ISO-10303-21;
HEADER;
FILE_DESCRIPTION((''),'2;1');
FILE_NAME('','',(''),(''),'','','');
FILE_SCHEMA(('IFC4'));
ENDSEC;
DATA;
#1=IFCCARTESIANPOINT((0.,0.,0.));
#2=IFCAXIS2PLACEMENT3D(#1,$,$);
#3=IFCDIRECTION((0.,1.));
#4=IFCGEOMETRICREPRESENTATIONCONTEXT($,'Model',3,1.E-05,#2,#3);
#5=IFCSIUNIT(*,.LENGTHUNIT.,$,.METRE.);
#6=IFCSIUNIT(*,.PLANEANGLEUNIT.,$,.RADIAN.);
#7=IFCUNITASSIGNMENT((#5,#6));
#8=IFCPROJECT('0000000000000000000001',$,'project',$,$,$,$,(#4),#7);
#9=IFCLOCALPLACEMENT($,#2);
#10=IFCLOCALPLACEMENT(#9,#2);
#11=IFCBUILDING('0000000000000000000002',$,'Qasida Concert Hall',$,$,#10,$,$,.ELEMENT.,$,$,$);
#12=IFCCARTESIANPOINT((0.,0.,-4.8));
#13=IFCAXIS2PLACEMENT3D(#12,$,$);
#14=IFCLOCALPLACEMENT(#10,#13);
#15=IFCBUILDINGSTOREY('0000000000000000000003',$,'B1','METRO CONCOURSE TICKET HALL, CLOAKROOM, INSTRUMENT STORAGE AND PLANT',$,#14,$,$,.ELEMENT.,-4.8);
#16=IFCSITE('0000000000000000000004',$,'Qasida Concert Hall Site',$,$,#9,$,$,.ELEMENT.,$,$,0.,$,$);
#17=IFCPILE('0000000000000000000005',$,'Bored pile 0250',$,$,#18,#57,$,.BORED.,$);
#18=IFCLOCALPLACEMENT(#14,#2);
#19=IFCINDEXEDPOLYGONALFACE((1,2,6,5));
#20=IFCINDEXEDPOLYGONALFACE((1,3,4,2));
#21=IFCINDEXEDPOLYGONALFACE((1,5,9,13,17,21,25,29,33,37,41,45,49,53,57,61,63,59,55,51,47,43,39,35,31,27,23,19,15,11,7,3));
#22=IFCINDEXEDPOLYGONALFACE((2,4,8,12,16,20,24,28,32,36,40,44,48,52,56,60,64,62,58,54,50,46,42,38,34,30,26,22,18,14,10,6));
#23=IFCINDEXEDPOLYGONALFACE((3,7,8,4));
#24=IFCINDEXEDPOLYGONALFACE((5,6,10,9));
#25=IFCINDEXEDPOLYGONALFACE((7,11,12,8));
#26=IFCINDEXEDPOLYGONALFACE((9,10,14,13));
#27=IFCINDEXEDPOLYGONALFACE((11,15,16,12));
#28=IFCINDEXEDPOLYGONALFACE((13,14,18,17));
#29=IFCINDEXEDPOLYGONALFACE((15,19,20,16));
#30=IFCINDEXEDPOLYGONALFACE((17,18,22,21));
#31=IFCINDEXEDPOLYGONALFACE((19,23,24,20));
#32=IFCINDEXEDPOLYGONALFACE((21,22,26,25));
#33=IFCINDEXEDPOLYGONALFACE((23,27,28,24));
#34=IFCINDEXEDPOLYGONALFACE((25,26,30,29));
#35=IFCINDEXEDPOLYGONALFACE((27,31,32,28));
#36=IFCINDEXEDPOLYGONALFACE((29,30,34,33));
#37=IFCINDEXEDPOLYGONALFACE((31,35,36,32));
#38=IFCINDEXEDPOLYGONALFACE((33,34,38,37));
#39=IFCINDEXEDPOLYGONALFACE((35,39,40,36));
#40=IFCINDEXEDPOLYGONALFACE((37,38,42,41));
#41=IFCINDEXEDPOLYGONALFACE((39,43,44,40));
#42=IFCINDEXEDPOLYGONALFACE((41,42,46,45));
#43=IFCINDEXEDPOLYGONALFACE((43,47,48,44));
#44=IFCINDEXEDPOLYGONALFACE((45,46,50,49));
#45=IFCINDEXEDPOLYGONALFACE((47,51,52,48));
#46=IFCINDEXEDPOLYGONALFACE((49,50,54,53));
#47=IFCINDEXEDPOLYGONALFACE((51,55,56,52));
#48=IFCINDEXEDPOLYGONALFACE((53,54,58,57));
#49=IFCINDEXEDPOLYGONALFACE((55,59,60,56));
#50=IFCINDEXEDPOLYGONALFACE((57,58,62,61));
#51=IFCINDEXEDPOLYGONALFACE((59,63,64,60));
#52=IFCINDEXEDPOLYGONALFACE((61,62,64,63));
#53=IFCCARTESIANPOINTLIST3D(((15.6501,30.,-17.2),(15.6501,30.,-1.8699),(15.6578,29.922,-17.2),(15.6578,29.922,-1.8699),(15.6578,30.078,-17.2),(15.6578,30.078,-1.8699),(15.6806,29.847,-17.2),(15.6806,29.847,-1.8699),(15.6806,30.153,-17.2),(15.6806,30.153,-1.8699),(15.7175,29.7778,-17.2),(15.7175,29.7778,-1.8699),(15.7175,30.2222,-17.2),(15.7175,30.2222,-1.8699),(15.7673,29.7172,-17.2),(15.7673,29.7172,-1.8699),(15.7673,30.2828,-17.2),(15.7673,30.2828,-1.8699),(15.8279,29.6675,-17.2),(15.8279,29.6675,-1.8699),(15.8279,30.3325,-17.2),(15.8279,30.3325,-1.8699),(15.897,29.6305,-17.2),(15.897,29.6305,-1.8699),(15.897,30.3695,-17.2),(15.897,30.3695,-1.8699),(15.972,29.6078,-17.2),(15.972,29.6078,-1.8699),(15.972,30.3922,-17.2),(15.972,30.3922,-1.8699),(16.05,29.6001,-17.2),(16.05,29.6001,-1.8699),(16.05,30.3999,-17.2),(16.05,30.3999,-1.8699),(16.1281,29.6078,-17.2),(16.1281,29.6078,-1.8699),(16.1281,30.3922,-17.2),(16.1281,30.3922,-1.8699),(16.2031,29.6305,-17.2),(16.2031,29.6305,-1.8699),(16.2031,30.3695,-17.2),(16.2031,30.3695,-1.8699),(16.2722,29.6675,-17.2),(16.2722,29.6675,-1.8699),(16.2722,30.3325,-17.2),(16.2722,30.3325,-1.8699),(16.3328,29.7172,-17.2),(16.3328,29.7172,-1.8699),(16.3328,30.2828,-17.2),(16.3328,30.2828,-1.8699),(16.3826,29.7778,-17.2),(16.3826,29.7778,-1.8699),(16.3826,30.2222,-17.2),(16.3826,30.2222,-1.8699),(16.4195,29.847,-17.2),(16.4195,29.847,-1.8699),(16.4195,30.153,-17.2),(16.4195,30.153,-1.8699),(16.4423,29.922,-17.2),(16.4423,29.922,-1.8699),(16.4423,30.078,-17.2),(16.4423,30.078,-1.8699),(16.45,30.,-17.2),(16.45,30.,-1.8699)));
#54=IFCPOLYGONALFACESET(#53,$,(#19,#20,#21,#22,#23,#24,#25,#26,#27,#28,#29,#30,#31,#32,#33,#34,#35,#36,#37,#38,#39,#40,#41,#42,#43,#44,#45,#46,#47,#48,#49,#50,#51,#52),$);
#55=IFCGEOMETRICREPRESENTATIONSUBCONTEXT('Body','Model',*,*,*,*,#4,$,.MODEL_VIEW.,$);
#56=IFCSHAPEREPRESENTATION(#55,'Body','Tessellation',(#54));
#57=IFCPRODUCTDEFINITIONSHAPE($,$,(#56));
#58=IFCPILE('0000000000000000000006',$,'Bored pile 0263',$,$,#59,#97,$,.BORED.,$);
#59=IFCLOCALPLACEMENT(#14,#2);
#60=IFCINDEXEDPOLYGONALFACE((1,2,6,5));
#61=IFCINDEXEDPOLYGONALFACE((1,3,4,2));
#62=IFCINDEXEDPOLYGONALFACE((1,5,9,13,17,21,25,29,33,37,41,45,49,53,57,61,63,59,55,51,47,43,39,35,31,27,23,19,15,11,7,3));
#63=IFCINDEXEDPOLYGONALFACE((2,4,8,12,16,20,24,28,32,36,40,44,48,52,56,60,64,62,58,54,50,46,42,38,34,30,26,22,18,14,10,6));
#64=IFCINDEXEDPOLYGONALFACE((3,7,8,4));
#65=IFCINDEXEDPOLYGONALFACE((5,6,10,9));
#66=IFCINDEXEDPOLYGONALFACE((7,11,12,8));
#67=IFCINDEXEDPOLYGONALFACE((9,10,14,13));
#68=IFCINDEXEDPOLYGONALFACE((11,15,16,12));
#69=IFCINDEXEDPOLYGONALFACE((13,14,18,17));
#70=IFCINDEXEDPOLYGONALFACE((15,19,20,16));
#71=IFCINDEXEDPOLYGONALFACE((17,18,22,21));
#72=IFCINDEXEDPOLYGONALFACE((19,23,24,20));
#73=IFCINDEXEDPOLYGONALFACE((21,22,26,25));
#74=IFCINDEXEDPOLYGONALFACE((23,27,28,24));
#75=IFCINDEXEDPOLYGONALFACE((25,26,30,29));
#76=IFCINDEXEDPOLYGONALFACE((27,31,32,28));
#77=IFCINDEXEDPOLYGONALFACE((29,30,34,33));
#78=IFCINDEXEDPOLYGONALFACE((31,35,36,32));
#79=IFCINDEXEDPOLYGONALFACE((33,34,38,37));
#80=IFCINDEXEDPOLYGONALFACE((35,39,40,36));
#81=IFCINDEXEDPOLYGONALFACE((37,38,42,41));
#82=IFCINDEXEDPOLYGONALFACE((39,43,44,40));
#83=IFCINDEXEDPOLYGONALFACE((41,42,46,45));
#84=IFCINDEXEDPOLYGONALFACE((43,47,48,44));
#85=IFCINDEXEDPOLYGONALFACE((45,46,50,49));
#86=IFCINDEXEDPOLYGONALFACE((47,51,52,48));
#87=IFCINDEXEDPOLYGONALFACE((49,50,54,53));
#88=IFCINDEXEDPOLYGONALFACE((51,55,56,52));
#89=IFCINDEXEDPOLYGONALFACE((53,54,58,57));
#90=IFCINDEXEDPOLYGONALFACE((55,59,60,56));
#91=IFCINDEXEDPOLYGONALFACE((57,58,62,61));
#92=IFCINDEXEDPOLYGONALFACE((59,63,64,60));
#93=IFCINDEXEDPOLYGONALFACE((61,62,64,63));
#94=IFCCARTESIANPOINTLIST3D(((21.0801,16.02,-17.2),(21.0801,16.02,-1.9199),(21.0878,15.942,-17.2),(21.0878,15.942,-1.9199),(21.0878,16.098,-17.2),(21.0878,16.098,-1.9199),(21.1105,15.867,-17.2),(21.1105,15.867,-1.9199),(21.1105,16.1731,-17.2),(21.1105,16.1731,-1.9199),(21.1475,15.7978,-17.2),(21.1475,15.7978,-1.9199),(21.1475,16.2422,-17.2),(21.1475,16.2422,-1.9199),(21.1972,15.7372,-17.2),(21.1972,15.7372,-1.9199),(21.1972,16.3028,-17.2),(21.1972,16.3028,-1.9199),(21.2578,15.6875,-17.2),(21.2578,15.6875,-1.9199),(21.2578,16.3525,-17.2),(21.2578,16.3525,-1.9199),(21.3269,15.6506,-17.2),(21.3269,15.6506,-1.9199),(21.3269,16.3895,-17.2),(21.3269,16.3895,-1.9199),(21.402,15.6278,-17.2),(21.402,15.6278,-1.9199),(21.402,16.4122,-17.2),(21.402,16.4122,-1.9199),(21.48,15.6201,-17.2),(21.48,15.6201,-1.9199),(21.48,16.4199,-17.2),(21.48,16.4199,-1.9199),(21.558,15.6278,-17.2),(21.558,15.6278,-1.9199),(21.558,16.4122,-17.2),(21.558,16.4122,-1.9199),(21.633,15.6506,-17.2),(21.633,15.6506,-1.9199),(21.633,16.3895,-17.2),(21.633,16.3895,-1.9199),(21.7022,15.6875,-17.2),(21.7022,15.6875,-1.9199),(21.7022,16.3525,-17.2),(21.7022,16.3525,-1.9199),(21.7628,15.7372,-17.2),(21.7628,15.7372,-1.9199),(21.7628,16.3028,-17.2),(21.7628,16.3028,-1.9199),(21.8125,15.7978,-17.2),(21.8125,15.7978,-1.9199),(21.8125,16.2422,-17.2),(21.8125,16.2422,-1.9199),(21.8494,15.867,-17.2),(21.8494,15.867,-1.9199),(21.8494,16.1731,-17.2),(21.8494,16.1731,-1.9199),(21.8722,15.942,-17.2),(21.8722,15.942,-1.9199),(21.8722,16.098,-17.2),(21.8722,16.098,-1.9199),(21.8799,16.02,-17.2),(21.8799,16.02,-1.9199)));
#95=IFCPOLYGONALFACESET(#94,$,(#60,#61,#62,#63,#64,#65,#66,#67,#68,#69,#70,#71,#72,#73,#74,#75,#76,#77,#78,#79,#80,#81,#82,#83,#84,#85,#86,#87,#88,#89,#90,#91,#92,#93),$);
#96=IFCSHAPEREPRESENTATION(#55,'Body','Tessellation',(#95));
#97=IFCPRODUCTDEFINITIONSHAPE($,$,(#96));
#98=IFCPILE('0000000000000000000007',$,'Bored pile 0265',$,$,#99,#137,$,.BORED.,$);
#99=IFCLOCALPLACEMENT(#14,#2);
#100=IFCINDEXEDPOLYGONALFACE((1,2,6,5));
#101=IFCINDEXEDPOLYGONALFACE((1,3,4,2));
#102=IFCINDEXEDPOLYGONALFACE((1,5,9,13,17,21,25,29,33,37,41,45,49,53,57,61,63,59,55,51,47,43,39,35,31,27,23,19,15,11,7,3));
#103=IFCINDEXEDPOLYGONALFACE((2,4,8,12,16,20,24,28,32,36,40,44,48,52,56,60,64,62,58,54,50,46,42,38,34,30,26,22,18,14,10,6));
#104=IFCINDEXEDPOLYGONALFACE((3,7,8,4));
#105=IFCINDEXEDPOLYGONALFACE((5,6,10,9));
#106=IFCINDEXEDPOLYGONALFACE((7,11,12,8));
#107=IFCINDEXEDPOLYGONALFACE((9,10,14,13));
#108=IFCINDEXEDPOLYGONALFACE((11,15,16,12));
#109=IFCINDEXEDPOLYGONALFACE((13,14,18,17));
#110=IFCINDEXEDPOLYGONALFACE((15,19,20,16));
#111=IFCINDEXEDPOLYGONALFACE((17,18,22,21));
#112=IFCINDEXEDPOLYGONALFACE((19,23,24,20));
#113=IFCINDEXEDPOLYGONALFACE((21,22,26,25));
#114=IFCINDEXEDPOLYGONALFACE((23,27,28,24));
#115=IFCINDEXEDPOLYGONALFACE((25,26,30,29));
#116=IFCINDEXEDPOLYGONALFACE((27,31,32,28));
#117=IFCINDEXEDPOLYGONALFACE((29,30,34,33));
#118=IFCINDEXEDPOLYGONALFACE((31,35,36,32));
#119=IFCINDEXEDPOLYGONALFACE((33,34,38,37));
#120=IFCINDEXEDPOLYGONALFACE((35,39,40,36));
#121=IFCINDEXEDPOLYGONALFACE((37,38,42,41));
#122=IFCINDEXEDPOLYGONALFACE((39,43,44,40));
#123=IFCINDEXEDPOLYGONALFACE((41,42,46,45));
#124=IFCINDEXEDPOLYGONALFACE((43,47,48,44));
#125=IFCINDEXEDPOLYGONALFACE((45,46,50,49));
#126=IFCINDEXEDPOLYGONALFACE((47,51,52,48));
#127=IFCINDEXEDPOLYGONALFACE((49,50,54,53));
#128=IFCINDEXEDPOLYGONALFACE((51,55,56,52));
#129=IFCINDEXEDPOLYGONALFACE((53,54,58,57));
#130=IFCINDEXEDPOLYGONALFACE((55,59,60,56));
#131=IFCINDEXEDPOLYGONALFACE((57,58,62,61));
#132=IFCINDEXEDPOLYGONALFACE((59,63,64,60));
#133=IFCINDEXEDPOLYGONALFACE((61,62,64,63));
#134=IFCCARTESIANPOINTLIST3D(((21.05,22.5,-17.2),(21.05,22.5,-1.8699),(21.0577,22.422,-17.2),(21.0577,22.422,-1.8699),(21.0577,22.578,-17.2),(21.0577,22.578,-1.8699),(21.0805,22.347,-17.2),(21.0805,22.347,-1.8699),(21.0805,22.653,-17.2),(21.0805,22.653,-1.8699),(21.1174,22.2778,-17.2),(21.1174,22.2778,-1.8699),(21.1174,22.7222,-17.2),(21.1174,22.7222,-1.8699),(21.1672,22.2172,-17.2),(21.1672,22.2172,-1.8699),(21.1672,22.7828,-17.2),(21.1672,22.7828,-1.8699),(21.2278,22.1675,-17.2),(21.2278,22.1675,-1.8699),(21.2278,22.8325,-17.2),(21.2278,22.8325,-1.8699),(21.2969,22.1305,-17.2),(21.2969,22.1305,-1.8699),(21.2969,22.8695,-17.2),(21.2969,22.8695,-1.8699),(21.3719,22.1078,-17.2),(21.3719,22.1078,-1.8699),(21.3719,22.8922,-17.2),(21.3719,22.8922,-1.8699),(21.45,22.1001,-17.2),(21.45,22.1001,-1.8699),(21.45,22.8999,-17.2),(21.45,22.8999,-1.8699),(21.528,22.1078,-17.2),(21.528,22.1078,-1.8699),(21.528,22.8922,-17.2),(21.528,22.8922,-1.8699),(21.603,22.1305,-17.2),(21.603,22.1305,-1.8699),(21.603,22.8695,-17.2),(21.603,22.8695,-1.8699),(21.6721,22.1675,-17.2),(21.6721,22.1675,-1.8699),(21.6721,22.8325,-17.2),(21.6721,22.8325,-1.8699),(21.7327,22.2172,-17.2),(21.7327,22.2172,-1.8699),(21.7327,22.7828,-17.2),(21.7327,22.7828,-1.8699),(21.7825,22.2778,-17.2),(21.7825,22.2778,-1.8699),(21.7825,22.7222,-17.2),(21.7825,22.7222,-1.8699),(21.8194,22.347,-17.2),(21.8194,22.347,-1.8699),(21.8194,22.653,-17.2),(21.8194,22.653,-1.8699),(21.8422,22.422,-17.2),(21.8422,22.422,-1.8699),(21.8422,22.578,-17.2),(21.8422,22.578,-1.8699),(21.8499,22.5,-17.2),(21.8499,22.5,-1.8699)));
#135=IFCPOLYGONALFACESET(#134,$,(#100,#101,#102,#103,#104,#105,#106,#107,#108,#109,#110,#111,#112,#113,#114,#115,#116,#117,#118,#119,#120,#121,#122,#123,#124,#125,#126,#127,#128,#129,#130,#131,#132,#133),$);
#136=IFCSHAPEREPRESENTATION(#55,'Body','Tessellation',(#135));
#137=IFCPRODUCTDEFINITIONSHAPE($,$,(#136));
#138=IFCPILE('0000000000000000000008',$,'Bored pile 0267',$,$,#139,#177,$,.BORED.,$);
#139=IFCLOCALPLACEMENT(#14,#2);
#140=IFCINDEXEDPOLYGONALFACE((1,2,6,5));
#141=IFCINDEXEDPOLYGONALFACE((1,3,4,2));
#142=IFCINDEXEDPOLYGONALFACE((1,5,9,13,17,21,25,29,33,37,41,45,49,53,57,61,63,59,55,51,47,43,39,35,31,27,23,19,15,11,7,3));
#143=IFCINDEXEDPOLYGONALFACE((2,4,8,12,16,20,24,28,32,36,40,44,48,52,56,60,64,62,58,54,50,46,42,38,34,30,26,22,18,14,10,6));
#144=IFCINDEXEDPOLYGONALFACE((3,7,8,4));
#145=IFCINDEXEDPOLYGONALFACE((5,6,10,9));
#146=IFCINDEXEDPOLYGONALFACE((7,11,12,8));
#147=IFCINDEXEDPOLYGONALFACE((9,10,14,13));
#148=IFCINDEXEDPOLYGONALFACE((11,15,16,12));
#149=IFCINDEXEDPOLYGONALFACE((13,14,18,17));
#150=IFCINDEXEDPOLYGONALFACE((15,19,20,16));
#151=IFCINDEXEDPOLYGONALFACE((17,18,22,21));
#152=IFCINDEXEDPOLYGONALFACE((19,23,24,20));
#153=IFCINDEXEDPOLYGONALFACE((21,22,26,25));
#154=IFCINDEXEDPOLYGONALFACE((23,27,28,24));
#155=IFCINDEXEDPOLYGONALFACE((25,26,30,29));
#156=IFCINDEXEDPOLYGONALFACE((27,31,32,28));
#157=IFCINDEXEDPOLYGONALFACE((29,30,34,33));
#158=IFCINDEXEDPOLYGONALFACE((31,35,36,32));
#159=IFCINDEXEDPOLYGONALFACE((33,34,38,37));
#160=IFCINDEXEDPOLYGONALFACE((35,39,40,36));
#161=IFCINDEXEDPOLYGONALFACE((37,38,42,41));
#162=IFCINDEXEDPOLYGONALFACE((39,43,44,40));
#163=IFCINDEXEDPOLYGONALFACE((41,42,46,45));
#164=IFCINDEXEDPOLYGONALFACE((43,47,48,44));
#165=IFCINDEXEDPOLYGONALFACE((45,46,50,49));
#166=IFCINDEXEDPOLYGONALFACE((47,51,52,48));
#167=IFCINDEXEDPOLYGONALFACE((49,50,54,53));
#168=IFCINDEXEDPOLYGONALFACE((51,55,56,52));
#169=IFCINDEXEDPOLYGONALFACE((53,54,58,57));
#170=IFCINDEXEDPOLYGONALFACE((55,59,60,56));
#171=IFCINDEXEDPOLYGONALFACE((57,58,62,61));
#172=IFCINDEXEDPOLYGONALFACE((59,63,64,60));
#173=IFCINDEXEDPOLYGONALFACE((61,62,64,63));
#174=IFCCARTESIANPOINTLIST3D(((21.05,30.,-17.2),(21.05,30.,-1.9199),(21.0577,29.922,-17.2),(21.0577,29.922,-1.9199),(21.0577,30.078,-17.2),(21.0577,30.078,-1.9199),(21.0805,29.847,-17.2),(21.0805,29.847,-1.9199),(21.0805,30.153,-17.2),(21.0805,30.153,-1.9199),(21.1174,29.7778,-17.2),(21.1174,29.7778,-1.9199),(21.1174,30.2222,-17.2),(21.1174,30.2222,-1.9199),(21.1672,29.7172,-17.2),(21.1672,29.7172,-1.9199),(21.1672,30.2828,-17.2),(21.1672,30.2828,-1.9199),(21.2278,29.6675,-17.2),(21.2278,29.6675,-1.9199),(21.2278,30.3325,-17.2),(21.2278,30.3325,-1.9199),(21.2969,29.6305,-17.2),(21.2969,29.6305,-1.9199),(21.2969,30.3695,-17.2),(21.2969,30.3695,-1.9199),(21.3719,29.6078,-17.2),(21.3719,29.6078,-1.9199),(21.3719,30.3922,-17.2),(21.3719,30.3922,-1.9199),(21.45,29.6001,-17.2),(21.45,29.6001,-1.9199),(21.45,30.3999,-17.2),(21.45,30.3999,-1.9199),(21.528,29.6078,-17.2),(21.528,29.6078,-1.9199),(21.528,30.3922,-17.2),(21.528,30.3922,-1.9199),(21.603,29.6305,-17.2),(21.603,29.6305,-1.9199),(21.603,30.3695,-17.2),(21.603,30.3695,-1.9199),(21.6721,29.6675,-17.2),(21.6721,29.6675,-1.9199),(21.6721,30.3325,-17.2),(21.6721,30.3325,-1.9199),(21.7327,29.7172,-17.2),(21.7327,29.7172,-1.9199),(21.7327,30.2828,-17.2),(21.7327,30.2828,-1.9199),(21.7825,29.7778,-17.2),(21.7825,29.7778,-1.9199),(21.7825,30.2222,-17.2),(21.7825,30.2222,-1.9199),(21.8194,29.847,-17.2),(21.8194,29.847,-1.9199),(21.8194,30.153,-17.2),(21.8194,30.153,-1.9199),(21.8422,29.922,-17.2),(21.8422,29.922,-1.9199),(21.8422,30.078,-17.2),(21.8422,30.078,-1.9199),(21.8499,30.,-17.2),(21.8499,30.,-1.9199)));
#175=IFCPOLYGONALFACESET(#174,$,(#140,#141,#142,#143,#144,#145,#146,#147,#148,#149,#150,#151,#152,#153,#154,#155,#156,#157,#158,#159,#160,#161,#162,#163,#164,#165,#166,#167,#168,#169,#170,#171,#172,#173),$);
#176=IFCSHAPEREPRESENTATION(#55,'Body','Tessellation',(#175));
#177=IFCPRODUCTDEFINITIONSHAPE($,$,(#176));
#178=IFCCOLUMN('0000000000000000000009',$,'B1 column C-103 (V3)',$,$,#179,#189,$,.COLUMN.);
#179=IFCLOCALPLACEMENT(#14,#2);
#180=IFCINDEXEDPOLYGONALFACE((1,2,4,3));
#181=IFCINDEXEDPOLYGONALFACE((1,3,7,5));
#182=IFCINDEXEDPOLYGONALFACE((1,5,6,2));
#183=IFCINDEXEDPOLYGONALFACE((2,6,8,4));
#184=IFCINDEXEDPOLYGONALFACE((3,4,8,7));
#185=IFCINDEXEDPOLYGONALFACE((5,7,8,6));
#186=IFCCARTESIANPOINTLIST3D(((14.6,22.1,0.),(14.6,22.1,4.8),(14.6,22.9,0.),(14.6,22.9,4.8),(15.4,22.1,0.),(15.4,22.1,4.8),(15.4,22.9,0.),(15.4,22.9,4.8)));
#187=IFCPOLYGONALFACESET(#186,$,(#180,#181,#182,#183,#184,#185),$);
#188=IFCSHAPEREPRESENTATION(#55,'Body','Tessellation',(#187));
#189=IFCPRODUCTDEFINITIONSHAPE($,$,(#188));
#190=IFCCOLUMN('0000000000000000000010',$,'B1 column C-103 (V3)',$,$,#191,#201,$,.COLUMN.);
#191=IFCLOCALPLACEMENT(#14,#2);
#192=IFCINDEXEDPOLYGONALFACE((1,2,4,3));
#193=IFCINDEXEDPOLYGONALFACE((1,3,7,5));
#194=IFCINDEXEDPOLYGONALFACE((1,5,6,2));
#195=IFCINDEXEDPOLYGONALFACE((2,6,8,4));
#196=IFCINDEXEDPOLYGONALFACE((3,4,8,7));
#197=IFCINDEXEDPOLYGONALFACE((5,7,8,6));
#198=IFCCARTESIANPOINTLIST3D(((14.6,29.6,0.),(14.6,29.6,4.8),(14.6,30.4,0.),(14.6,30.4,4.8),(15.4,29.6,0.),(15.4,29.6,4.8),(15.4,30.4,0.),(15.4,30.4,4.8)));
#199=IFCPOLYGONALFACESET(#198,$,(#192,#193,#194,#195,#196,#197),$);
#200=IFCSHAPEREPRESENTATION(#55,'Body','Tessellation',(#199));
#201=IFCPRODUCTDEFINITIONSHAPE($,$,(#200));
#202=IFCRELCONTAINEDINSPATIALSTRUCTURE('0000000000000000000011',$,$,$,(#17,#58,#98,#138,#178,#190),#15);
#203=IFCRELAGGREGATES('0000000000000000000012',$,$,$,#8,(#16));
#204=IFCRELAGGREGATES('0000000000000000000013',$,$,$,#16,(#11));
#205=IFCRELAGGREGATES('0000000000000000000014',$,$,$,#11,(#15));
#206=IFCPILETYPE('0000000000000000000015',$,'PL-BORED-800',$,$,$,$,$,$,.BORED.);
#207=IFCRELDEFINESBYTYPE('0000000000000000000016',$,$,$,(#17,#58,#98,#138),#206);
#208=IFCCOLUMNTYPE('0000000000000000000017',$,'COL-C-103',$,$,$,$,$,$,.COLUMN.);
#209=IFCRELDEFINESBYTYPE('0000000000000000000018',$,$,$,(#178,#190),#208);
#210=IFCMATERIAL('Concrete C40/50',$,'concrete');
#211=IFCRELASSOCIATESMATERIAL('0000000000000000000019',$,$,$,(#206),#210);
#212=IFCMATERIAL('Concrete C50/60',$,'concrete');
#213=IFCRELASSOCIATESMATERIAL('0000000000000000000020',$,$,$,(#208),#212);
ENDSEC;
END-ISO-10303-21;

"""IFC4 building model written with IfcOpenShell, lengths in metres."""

from ifc_helpers import new_model, si_unit, direction, frame, origin, origin_2d, place, context, subcontext, project, spatial, rectangle, circle, extrude, material, material_profile, profile_set, type_object, element, save


model = new_model("IFC4")

# Units and contexts
model_context = context("Model", 3, precision=1e-05, world=origin(), true_north=direction((0.0, 1.0)))
body_context = subcontext(model_context, "Body", "Model", "MODEL_VIEW")
ifc_project = project(units=[si_unit("LENGTHUNIT", "METRE"), si_unit("PLANEANGLEUNIT", "RADIAN")], contexts=[model_context])

# Site, building, storey
site_placement = place(None, origin())
site = spatial("IfcSite", under=ifc_project, at=site_placement, Name="Qasida Concert Hall Site", CompositionType="ELEMENT", RefElevation=0.0)
building_placement = place(site_placement, origin())
building = spatial("IfcBuilding", under=site, at=building_placement, Name="Qasida Concert Hall", CompositionType="ELEMENT")
storey_placement = place(building_placement, frame((0.0, 0.0, -4.8)))
storey = spatial("IfcBuildingStorey", under=building, at=storey_placement, Name="B1", Description="METRO CONCOURSE TICKET HALL, CLOAKROOM, INSTRUMENT STORAGE AND PLANT", CompositionType="ELEMENT", Elevation=-4.8)

# Shared definitions
ifc_material_1 = material(Name="Concrete C40/50", Category="concrete")

# Piles
ifc_material_profile_1 = material_profile(ifc_material_1, circle(Radius=0.3999, at=origin_2d()), Name="BORED PILE D800")
ifc_profile_set_1 = profile_set([ifc_material_profile_1], Name="Concrete C40/50")
pile_type = type_object("IfcPileType", Name="PL-BORED-800", PredefinedType="BORED", material=ifc_profile_set_1)
pile_1_placement = place(storey_placement, frame((16.05, 30.0, -1.8699), z_axis=(0.0, 0.0, -1.0), x_axis=(1.0, 0.0, 0.0)))
element("IfcPile", 1, at=pile_1_placement, inside=storey, type_object=pile_type, Name="Bored pile 0250", PredefinedType="BORED", context=body_context, shape_type="SweptSolid", body=[
    extrude(circle(Radius=0.3999, at=origin_2d()), origin(), (0.0, 0.0, 1.0), 15.3301),
])
pile_2_placement = place(storey_placement, frame((21.48, 16.02, -1.9199), z_axis=(0.0, 0.0, -1.0), x_axis=(1.0, 0.0, 0.0)))
element("IfcPile", 2, at=pile_2_placement, inside=storey, type_object=pile_type, Name="Bored pile 0263", PredefinedType="BORED", context=body_context, shape_type="SweptSolid", body=[
    extrude(circle(Radius=0.3999, at=origin_2d()), origin(), (0.0, 0.0, 1.0), 15.28),
])
pile_3_placement = place(storey_placement, frame((21.45, 22.5, -1.8699), z_axis=(0.0, 0.0, -1.0), x_axis=(1.0, 0.0, 0.0)))
element("IfcPile", 3, at=pile_3_placement, inside=storey, type_object=pile_type, Name="Bored pile 0265", PredefinedType="BORED", context=body_context, shape_type="SweptSolid", body=[
    extrude(circle(Radius=0.3999, at=origin_2d()), origin(), (0.0, 0.0, 1.0), 15.3301),
])
pile_4_placement = place(storey_placement, frame((21.45, 30.0, -1.9199), z_axis=(0.0, 0.0, -1.0), x_axis=(1.0, 0.0, 0.0)))
element("IfcPile", 4, at=pile_4_placement, inside=storey, type_object=pile_type, Name="Bored pile 0267", PredefinedType="BORED", context=body_context, shape_type="SweptSolid", body=[
    extrude(circle(Radius=0.3999, at=origin_2d()), origin(), (0.0, 0.0, 1.0), 15.28),
])

# Columns
ifc_material_2 = material(Name="Concrete C50/60", Category="concrete")
ifc_material_profile_2 = material_profile(ifc_material_2, rectangle(XDim=0.8, YDim=0.8, at=origin_2d()), Name="RC 800x800")
ifc_profile_set_2 = profile_set([ifc_material_profile_2], Name="Concrete C50/60")
column_type = type_object("IfcColumnType", Name="COL-C-103", PredefinedType="COLUMN", material=ifc_profile_set_2)
for number, where, z_axis, x_axis, name in (
    (5, (15.0, 22.5, 0.0), (0.0, 0.0, 1.0), (1.0, 0.0, 0.0), "B1 column C-103 (V3)"),
    (6, (15.0, 30.0, 0.0), (0.0, 0.0, 1.0), (1.0, 0.0, 0.0), "B1 column C-103 (V3)"),
):
    element("IfcColumn", number, at=place(storey_placement, frame(where, z_axis=z_axis, x_axis=x_axis)), inside=storey, type_object=column_type, Name=name, PredefinedType="COLUMN", context=body_context, shape_type="SweptSolid", body=[
        extrude(rectangle(XDim=0.8, YDim=0.8, at=origin_2d()), origin(), (0.0, 0.0, 1.0), 4.8),
    ])

save(model, "model.ifc")
